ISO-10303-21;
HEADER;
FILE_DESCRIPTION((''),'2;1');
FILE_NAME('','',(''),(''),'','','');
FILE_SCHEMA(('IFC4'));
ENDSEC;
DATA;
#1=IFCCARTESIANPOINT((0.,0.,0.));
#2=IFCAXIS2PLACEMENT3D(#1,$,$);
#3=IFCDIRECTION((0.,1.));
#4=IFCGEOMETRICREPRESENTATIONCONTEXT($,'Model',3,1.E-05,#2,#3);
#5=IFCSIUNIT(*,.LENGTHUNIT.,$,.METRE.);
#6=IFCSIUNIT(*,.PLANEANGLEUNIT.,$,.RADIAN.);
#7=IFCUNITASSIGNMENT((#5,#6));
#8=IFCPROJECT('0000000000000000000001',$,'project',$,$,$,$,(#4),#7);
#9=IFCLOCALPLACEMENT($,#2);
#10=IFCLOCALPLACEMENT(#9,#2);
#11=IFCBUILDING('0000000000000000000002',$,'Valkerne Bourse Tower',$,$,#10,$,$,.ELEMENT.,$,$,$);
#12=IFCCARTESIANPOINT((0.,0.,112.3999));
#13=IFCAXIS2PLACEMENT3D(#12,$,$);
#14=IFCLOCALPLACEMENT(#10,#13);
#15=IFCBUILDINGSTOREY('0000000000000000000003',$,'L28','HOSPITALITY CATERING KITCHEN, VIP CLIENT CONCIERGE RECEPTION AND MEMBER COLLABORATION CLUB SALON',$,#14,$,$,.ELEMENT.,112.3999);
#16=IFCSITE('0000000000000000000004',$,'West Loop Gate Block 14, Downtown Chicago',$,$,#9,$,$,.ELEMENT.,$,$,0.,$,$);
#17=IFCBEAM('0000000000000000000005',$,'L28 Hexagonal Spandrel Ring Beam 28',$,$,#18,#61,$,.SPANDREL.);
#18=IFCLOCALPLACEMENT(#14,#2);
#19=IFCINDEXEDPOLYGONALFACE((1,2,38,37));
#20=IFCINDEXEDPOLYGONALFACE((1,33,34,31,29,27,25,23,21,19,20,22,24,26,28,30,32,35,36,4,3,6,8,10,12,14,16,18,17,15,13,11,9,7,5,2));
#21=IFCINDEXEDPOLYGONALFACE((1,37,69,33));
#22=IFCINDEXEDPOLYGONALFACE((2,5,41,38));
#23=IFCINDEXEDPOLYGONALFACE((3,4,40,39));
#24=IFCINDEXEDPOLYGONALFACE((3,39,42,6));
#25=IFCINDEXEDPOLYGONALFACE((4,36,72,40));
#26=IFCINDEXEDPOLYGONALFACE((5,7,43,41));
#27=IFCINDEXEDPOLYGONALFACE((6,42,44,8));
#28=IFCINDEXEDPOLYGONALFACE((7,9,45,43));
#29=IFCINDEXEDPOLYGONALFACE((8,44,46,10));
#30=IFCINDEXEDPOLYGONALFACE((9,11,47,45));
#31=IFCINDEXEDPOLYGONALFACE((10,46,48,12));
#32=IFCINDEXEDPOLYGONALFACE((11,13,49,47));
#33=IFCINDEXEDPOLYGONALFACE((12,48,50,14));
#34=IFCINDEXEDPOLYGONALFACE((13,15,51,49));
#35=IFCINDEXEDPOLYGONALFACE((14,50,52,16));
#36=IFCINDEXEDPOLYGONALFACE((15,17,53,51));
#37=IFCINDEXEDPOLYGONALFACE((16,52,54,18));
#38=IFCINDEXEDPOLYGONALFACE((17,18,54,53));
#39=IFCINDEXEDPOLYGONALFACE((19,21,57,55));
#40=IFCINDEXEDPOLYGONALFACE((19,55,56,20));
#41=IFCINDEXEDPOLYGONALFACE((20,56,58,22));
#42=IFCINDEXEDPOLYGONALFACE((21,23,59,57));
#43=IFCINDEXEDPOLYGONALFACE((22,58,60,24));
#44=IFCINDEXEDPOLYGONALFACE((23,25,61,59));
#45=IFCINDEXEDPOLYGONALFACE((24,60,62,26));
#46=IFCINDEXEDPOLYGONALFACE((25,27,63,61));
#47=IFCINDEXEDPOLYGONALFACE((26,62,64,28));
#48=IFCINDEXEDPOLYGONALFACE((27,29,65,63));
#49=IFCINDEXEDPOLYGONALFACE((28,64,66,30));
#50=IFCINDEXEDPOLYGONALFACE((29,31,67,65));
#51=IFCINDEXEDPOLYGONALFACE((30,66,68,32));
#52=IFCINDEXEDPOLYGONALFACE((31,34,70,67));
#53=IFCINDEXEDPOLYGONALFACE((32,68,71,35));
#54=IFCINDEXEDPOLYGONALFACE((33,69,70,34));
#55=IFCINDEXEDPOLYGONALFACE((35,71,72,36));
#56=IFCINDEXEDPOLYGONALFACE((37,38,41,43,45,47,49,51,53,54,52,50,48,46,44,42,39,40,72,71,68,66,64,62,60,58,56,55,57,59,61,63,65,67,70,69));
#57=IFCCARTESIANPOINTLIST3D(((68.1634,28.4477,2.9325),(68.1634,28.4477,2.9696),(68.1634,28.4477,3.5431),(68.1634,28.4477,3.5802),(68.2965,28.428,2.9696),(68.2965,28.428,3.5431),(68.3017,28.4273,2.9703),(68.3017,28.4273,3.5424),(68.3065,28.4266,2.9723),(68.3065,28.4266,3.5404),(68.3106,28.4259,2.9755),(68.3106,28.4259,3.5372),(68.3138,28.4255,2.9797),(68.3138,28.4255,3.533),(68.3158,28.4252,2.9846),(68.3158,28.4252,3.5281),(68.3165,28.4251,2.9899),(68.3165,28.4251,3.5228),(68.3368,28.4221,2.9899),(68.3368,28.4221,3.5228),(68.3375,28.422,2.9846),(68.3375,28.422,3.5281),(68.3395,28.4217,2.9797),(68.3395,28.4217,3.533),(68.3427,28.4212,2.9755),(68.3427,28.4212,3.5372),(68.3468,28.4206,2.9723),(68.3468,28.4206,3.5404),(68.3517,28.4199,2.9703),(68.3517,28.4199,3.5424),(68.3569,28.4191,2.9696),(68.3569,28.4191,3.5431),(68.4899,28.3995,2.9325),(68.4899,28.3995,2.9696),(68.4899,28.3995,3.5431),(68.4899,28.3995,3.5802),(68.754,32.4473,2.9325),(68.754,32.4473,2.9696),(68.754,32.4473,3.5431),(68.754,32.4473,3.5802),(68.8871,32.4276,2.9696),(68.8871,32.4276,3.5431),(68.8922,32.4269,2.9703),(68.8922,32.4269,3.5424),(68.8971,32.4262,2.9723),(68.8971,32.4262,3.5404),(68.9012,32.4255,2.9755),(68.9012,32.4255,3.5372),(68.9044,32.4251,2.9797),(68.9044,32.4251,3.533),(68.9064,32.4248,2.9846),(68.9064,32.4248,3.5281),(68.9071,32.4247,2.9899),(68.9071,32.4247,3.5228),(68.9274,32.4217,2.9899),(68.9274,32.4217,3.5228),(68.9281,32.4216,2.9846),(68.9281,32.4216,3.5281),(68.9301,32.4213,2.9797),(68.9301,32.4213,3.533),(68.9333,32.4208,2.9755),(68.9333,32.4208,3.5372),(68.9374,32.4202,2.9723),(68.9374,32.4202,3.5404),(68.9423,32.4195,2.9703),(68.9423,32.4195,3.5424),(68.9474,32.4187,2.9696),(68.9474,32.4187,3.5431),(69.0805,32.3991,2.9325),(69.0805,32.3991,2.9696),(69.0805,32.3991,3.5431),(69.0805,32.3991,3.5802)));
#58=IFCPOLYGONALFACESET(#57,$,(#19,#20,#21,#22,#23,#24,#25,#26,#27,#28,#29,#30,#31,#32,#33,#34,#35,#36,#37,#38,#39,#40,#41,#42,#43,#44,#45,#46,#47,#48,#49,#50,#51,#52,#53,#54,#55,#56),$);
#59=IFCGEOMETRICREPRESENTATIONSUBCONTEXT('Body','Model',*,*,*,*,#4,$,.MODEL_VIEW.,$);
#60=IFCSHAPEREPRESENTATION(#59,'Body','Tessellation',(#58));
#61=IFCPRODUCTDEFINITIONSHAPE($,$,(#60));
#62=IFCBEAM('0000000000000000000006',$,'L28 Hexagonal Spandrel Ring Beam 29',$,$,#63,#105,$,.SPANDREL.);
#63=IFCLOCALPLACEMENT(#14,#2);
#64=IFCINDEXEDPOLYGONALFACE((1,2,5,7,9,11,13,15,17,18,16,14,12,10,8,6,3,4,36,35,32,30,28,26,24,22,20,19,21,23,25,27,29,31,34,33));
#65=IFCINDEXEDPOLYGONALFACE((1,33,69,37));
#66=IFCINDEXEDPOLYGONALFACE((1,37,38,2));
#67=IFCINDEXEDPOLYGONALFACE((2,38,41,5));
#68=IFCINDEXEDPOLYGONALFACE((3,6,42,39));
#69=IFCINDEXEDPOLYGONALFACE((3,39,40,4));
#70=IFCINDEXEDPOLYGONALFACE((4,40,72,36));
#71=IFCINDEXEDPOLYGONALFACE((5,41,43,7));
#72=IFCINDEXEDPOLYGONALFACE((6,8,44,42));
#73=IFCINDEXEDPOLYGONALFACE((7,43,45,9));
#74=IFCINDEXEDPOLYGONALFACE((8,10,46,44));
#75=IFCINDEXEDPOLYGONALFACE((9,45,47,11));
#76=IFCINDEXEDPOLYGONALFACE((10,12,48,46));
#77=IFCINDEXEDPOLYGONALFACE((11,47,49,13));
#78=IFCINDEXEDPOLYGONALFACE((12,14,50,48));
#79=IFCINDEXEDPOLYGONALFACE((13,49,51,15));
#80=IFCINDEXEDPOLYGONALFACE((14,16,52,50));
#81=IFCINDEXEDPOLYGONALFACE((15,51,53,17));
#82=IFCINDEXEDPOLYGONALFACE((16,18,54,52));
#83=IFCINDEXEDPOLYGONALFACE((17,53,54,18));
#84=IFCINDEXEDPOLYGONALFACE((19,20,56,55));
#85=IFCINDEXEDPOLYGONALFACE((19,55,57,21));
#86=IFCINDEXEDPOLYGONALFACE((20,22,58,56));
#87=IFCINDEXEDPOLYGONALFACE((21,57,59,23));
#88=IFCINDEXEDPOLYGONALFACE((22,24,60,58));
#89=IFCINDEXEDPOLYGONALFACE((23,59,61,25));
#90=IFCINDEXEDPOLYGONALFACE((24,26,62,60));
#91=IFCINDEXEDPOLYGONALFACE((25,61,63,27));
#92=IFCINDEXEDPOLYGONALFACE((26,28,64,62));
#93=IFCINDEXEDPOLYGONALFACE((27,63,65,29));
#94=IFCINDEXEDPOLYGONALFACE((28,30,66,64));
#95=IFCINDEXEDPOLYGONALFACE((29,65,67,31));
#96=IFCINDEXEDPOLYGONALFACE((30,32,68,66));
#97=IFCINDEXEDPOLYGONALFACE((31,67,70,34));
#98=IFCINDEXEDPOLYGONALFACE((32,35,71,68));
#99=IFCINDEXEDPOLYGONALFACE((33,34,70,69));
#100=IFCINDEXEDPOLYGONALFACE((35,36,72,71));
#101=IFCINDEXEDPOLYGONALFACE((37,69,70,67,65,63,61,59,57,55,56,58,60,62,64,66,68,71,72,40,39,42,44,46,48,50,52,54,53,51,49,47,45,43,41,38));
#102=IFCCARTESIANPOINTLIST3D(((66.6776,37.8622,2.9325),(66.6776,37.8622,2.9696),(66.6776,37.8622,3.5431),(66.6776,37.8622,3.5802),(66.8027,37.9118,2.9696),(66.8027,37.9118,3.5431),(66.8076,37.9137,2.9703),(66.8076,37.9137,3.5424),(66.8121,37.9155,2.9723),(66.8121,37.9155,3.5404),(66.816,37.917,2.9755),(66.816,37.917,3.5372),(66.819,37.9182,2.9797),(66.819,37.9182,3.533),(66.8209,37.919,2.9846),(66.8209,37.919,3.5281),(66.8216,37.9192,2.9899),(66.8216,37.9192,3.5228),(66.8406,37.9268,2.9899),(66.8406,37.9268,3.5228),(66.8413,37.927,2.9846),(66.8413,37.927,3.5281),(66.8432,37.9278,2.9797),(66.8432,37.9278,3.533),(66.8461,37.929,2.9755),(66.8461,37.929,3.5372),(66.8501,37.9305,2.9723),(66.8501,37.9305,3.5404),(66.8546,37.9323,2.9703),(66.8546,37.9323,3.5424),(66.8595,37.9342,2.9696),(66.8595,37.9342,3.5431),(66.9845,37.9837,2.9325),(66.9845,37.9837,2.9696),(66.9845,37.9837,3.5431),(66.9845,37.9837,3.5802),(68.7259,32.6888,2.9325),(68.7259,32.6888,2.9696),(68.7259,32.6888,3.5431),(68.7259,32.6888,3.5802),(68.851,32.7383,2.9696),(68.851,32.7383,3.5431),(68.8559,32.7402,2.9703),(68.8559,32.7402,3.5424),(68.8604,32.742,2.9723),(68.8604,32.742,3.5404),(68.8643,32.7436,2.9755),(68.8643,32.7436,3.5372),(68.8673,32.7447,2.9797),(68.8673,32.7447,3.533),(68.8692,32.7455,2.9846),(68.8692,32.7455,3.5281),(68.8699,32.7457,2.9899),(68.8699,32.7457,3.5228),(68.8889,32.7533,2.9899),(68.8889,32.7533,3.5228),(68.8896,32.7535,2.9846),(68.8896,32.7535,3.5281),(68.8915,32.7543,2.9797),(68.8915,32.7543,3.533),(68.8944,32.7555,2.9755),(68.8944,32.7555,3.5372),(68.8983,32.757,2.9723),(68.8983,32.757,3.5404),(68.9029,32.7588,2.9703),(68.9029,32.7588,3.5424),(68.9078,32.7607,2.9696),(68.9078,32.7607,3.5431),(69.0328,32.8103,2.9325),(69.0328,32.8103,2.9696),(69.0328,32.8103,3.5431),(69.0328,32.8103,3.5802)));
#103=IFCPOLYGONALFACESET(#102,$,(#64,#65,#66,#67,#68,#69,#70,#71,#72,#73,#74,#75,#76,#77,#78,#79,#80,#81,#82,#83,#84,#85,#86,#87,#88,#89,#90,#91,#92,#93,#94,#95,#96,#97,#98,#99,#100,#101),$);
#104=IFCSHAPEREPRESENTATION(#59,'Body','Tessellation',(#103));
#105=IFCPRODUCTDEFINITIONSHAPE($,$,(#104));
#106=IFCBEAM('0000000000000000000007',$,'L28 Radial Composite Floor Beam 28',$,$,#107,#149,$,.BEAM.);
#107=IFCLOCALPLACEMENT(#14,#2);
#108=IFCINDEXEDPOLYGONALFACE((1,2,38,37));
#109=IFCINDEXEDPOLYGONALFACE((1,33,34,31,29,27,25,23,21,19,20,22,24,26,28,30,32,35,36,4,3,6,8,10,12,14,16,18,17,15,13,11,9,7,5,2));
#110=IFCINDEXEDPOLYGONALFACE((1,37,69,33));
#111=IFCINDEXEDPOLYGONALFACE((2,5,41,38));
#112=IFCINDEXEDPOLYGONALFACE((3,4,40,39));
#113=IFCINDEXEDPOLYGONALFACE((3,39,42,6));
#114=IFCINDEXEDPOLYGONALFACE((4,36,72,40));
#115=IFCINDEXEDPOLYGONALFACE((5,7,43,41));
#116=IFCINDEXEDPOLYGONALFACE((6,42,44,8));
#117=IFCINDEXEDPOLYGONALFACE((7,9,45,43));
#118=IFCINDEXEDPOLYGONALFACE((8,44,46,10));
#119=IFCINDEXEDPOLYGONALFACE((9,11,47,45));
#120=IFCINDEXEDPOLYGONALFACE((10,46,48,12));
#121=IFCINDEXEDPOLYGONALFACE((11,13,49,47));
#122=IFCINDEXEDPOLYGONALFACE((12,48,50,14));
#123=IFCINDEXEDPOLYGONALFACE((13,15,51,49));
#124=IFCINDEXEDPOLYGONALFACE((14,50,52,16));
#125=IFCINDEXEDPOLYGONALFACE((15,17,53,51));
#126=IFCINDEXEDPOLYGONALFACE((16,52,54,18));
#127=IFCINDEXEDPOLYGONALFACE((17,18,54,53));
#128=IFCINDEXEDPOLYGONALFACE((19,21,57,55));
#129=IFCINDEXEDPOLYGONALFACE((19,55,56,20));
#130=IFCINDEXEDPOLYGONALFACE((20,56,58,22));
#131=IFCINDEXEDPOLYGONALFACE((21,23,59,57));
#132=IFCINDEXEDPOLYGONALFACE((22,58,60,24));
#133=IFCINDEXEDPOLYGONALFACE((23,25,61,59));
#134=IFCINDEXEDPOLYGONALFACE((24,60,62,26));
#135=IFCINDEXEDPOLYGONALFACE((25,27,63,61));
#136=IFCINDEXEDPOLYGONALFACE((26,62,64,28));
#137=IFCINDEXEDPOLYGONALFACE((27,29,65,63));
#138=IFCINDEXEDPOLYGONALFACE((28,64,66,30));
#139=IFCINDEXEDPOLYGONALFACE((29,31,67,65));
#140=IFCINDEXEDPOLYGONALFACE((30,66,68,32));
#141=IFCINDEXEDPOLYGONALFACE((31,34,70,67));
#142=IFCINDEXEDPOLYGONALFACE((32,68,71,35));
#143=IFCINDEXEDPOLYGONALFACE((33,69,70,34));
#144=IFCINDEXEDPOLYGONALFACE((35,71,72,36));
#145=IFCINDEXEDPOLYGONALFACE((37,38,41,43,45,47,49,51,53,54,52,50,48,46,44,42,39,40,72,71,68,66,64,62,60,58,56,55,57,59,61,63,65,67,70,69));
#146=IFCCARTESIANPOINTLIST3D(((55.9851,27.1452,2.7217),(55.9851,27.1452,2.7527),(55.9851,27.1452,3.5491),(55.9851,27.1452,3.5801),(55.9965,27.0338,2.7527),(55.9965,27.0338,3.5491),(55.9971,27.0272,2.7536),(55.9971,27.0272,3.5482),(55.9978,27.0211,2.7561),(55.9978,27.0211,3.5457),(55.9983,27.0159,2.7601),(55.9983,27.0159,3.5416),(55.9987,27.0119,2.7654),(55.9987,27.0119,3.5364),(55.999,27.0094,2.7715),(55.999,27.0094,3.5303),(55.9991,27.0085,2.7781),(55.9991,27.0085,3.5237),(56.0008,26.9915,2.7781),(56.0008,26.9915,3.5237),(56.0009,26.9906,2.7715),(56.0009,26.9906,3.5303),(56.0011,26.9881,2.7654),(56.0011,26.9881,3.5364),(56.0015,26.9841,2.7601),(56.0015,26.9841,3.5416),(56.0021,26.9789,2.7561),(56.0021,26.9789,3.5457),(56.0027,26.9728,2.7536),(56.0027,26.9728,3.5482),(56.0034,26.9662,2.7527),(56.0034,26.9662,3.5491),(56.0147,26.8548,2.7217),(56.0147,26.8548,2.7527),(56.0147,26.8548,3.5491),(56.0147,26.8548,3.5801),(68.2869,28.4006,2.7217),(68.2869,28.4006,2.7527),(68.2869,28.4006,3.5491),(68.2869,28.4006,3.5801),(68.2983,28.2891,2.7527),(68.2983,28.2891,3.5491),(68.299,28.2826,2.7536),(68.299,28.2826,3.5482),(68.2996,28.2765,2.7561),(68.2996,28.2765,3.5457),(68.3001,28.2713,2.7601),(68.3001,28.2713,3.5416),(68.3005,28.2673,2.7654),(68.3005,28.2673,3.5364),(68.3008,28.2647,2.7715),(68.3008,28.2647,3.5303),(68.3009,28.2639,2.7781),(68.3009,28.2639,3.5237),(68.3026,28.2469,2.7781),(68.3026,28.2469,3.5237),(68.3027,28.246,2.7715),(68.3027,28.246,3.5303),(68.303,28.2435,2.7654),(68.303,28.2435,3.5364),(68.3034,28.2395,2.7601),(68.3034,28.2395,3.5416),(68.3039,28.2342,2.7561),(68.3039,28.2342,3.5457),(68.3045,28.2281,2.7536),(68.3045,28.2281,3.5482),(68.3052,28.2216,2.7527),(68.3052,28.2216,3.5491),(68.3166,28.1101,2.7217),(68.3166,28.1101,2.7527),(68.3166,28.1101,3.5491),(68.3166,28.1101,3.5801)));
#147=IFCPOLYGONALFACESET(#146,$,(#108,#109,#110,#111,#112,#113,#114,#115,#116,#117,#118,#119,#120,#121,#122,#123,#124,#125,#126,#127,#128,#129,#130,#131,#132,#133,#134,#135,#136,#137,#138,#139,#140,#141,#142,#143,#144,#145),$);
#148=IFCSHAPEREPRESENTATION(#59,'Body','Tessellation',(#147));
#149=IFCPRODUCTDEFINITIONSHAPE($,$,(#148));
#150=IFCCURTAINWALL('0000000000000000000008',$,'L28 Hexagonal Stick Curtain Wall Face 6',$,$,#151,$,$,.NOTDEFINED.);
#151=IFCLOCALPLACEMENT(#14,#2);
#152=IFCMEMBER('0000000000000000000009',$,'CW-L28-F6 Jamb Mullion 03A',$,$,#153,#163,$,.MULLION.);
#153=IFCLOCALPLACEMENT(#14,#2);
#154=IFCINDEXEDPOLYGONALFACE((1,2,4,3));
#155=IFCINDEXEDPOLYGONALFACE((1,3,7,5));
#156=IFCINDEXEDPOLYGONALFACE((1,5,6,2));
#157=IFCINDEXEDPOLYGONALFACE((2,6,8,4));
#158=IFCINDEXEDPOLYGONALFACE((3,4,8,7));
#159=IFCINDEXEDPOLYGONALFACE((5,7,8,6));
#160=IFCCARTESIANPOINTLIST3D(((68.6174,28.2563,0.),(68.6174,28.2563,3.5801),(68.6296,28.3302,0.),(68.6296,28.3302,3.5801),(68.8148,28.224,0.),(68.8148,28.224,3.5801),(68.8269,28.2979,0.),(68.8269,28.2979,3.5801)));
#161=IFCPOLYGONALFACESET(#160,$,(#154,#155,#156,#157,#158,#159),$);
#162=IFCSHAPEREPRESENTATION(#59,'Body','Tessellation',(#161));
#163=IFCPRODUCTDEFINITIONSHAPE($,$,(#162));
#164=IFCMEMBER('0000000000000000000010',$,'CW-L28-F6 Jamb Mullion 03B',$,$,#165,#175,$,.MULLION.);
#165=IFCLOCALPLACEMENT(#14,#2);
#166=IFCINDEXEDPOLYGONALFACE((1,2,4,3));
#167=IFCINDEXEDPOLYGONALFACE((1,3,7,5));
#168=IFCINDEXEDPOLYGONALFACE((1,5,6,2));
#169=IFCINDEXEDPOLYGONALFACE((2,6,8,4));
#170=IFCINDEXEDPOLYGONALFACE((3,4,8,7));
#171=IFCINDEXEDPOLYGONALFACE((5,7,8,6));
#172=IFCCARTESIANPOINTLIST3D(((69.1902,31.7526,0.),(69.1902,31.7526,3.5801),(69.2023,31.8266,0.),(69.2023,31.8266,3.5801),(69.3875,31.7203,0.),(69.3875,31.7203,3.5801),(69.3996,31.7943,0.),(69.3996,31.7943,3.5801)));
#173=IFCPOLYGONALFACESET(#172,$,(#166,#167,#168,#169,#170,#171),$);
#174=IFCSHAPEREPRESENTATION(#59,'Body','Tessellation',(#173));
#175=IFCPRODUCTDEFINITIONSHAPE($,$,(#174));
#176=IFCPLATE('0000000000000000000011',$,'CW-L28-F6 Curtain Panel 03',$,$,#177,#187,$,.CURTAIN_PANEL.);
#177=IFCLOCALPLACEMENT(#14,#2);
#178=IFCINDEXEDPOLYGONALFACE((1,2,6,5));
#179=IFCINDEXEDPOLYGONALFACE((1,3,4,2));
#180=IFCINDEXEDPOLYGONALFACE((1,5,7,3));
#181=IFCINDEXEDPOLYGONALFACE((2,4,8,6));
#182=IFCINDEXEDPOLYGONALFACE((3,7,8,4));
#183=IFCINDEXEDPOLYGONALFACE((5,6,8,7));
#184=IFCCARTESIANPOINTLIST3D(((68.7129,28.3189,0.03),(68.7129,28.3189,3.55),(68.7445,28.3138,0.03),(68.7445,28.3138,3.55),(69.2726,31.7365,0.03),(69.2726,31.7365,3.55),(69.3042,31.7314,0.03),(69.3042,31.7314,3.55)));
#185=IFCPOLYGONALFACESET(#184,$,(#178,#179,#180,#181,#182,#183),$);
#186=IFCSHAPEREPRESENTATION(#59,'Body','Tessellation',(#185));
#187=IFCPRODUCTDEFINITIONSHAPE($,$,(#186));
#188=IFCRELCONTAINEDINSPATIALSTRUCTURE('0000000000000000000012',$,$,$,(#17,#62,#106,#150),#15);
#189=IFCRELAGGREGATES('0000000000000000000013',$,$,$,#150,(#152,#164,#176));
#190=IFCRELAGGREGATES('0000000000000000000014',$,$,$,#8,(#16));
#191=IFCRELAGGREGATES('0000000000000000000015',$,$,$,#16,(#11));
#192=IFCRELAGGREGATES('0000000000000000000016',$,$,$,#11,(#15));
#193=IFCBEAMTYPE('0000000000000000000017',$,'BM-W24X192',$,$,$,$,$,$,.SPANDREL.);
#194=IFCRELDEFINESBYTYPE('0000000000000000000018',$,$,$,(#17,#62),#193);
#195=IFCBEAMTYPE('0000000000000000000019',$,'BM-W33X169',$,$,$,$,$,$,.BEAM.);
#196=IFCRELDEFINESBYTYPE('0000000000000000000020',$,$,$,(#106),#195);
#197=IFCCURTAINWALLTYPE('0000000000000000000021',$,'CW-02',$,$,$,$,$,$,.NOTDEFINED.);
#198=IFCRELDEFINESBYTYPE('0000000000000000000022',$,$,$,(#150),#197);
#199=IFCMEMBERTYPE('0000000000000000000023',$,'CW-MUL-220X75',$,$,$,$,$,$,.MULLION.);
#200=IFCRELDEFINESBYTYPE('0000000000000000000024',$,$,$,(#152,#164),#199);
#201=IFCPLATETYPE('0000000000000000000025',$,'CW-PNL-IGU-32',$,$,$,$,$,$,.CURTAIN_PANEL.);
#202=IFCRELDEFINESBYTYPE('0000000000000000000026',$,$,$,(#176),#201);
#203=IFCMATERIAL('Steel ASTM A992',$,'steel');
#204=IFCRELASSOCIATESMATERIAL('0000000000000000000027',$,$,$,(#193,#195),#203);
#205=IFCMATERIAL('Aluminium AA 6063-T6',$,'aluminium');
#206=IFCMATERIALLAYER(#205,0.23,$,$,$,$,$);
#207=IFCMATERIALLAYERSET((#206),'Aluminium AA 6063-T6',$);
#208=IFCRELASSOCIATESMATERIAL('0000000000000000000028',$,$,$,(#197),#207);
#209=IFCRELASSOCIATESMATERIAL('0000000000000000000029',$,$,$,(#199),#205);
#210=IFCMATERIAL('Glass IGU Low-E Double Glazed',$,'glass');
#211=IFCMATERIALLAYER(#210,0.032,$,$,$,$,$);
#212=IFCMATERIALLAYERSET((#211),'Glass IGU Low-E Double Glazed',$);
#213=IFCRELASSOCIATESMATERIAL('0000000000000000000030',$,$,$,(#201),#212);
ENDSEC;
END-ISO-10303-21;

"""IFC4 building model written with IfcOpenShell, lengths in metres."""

from ifc_helpers import new_model, si_unit, direction, frame, origin, origin_2d, place, context, subcontext, project, spatial, rectangle, i_section, extrude, material, layer, layer_set, material_profile, profile_set, type_object, element, aggregate, save


model = new_model("IFC4")

# Units and contexts
model_context = context("Model", 3, precision=1e-05, world=origin(), true_north=direction((0.0, 1.0)))
body_context = subcontext(model_context, "Body", "Model", "MODEL_VIEW")
ifc_project = project(units=[si_unit("LENGTHUNIT", "METRE"), si_unit("PLANEANGLEUNIT", "RADIAN")], contexts=[model_context])

# Site, building, storey
site_placement = place(None, origin())
site = spatial("IfcSite", under=ifc_project, at=site_placement, Name="West Loop Gate Block 14, Downtown Chicago", CompositionType="ELEMENT", RefElevation=0.0)
building_placement = place(site_placement, origin())
building = spatial("IfcBuilding", under=site, at=building_placement, Name="Valkerne Bourse Tower", CompositionType="ELEMENT")
storey_placement = place(building_placement, frame((0.0, 0.0, 112.3999)))
storey = spatial("IfcBuildingStorey", under=building, at=storey_placement, Name="L28", Description="HOSPITALITY CATERING KITCHEN, VIP CLIENT CONCIERGE RECEPTION AND MEMBER COLLABORATION CLUB SALON", CompositionType="ELEMENT", Elevation=112.3999)

# Beams
ifc_material_1 = material(Name="Steel ASTM A992", Category="steel")
ifc_material_profile_1 = material_profile(ifc_material_1, i_section(OverallWidth=0.3301, OverallDepth=0.6477, WebThickness=0.0205, FlangeThickness=0.0371, FilletRadius=0.0203, at=origin_2d()), Name="W24X192")
ifc_profile_set_1 = profile_set([ifc_material_profile_1], Name="Steel ASTM A992")
beam_type_1 = type_object("IfcBeamType", Name="BM-W24X192", PredefinedType="SPANDREL", material=ifc_profile_set_1)
beam_1_placement = place(storey_placement, frame((68.3267, 28.4236, 3.2563), z_axis=(0.146078, 0.989273, 0.0), x_axis=(-0.989273, 0.146078, 0.0)))
element("IfcBeam", 1, at=beam_1_placement, inside=storey, type_object=beam_type_1, Name="L28 Hexagonal Spandrel Ring Beam 28", PredefinedType="SPANDREL", context=body_context, shape_type="SweptSolid", body=[
    extrude(i_section(OverallWidth=0.3301, OverallDepth=0.6477, WebThickness=0.0205, FlangeThickness=0.0371, FilletRadius=0.0203, at=origin_2d()), origin(), (0.0, 0.0, 1.0), 4.043),
])
beam_2_placement = place(storey_placement, frame((68.8794, 32.7495, 3.2563), z_axis=(-0.36812, 0.929778, 0.0), x_axis=(-0.929778, -0.36812, 0.0)))
element("IfcBeam", 2, at=beam_2_placement, inside=storey, type_object=beam_type_1, Name="L28 Hexagonal Spandrel Ring Beam 29", PredefinedType="SPANDREL", context=body_context, shape_type="SweptSolid", body=[
    extrude(i_section(OverallWidth=0.3301, OverallDepth=0.6477, WebThickness=0.0205, FlangeThickness=0.0371, FilletRadius=0.0203, at=origin_2d()), origin(), (0.0, 0.0, 1.0), 5.5642),
])
ifc_material_profile_2 = material_profile(ifc_material_1, i_section(OverallWidth=0.292, OverallDepth=0.8584, WebThickness=0.0171, FlangeThickness=0.031, FilletRadius=0.0254, at=origin_2d()), Name="W33X169")
ifc_profile_set_2 = profile_set([ifc_material_profile_2], Name="Steel ASTM A992")
beam_type_2 = type_object("IfcBeamType", Name="BM-W33X169", PredefinedType="BEAM", material=ifc_profile_set_2)
beam_3_placement = place(storey_placement, frame((68.3018, 28.2554, 3.1509), z_axis=(-0.994833, -0.101521, 0.0), x_axis=(0.101521, -0.994833, 0.0)))
element("IfcBeam", 3, at=beam_3_placement, inside=storey, type_object=beam_type_2, Name="L28 Radial Composite Floor Beam 28", PredefinedType="BEAM", context=body_context, shape_type="SweptSolid", body=[
    extrude(i_section(OverallWidth=0.292, OverallDepth=0.8584, WebThickness=0.0171, FlangeThickness=0.031, FilletRadius=0.0254, at=origin_2d()), origin(), (0.0, 0.0, 1.0), 12.3657),
])

# Curtain wall, members, plate
ifc_material_2 = material(Name="Aluminium AA 6063-T6", Category="aluminium")
ifc_layer_1 = layer(ifc_material_2, 0.23)
ifc_layer_set_1 = layer_set([ifc_layer_1], Name="Aluminium AA 6063-T6")
curtain_wall_type = type_object("IfcCurtainWallType", Name="CW-02", PredefinedType="NOTDEFINED", material=ifc_layer_set_1)
curtain_wall_placement = place(storey_placement, origin())
curtain_wall = element("IfcCurtainWall", 4, at=curtain_wall_placement, inside=storey, type_object=curtain_wall_type, Name="L28 Hexagonal Stick Curtain Wall Face 6", PredefinedType="NOTDEFINED")
ifc_material_profile_3 = material_profile(ifc_material_2, rectangle(XDim=0.075, YDim=0.2, at=origin_2d()), Name="CWM-75X200")
ifc_profile_set_3 = profile_set([ifc_material_profile_3], Name="Aluminium AA 6063-T6")
member_type = type_object("IfcMemberType", Name="CW-MUL-220X75", PredefinedType="MULLION", material=ifc_profile_set_3)
member_1_placement = place(storey_placement, frame((68.7222, 28.2771, 0.0), z_axis=(0.0, 0.0, 1.0), x_axis=(0.161624, 0.986852, 0.0)))
member_1 = element("IfcMember", 5, at=member_1_placement, type_object=member_type, Name="CW-L28-F6 Jamb Mullion 03A", PredefinedType="MULLION", context=body_context, shape_type="SweptSolid", body=[
    extrude(rectangle(XDim=0.075, YDim=0.2, at=origin_2d()), origin(), (0.0, 0.0, 1.0), 3.5801),
])
member_2_placement = place(storey_placement, frame((69.2949, 31.7734, 0.0), z_axis=(0.0, 0.0, 1.0), x_axis=(0.161624, 0.986852, 0.0)))
member_2 = element("IfcMember", 6, at=member_2_placement, type_object=member_type, Name="CW-L28-F6 Jamb Mullion 03B", PredefinedType="MULLION", context=body_context, shape_type="SweptSolid", body=[
    extrude(rectangle(XDim=0.075, YDim=0.2, at=origin_2d()), origin(), (0.0, 0.0, 1.0), 3.5801),
])
ifc_material_3 = material(Name="Glass IGU Low-E Double Glazed", Category="glass")
ifc_layer_2 = layer(ifc_material_3, 0.032)
ifc_layer_set_2 = layer_set([ifc_layer_2], Name="Glass IGU Low-E Double Glazed")
plate_type_1 = type_object("IfcPlateType", Name="CW-PNL-IGU-32", PredefinedType="CURTAIN_PANEL", material=ifc_layer_set_2)
plate_1_placement = place(storey_placement, frame((69.0085, 30.0251, 0.03), z_axis=(0.0, 0.0, 1.0), x_axis=(0.161624, 0.986852, 0.0)))
plate_1 = element("IfcPlate", 7, at=plate_1_placement, type_object=plate_type_1, Name="CW-L28-F6 Curtain Panel 03", PredefinedType="CURTAIN_PANEL", context=body_context, shape_type="SweptSolid", body=[
    extrude(rectangle(XDim=3.4631, YDim=0.032, at=origin_2d()), origin(), (0.0, 0.0, 1.0), 3.52),
])
aggregate(curtain_wall, [member_1, member_2, plate_1])

save(model, "model.ifc")
